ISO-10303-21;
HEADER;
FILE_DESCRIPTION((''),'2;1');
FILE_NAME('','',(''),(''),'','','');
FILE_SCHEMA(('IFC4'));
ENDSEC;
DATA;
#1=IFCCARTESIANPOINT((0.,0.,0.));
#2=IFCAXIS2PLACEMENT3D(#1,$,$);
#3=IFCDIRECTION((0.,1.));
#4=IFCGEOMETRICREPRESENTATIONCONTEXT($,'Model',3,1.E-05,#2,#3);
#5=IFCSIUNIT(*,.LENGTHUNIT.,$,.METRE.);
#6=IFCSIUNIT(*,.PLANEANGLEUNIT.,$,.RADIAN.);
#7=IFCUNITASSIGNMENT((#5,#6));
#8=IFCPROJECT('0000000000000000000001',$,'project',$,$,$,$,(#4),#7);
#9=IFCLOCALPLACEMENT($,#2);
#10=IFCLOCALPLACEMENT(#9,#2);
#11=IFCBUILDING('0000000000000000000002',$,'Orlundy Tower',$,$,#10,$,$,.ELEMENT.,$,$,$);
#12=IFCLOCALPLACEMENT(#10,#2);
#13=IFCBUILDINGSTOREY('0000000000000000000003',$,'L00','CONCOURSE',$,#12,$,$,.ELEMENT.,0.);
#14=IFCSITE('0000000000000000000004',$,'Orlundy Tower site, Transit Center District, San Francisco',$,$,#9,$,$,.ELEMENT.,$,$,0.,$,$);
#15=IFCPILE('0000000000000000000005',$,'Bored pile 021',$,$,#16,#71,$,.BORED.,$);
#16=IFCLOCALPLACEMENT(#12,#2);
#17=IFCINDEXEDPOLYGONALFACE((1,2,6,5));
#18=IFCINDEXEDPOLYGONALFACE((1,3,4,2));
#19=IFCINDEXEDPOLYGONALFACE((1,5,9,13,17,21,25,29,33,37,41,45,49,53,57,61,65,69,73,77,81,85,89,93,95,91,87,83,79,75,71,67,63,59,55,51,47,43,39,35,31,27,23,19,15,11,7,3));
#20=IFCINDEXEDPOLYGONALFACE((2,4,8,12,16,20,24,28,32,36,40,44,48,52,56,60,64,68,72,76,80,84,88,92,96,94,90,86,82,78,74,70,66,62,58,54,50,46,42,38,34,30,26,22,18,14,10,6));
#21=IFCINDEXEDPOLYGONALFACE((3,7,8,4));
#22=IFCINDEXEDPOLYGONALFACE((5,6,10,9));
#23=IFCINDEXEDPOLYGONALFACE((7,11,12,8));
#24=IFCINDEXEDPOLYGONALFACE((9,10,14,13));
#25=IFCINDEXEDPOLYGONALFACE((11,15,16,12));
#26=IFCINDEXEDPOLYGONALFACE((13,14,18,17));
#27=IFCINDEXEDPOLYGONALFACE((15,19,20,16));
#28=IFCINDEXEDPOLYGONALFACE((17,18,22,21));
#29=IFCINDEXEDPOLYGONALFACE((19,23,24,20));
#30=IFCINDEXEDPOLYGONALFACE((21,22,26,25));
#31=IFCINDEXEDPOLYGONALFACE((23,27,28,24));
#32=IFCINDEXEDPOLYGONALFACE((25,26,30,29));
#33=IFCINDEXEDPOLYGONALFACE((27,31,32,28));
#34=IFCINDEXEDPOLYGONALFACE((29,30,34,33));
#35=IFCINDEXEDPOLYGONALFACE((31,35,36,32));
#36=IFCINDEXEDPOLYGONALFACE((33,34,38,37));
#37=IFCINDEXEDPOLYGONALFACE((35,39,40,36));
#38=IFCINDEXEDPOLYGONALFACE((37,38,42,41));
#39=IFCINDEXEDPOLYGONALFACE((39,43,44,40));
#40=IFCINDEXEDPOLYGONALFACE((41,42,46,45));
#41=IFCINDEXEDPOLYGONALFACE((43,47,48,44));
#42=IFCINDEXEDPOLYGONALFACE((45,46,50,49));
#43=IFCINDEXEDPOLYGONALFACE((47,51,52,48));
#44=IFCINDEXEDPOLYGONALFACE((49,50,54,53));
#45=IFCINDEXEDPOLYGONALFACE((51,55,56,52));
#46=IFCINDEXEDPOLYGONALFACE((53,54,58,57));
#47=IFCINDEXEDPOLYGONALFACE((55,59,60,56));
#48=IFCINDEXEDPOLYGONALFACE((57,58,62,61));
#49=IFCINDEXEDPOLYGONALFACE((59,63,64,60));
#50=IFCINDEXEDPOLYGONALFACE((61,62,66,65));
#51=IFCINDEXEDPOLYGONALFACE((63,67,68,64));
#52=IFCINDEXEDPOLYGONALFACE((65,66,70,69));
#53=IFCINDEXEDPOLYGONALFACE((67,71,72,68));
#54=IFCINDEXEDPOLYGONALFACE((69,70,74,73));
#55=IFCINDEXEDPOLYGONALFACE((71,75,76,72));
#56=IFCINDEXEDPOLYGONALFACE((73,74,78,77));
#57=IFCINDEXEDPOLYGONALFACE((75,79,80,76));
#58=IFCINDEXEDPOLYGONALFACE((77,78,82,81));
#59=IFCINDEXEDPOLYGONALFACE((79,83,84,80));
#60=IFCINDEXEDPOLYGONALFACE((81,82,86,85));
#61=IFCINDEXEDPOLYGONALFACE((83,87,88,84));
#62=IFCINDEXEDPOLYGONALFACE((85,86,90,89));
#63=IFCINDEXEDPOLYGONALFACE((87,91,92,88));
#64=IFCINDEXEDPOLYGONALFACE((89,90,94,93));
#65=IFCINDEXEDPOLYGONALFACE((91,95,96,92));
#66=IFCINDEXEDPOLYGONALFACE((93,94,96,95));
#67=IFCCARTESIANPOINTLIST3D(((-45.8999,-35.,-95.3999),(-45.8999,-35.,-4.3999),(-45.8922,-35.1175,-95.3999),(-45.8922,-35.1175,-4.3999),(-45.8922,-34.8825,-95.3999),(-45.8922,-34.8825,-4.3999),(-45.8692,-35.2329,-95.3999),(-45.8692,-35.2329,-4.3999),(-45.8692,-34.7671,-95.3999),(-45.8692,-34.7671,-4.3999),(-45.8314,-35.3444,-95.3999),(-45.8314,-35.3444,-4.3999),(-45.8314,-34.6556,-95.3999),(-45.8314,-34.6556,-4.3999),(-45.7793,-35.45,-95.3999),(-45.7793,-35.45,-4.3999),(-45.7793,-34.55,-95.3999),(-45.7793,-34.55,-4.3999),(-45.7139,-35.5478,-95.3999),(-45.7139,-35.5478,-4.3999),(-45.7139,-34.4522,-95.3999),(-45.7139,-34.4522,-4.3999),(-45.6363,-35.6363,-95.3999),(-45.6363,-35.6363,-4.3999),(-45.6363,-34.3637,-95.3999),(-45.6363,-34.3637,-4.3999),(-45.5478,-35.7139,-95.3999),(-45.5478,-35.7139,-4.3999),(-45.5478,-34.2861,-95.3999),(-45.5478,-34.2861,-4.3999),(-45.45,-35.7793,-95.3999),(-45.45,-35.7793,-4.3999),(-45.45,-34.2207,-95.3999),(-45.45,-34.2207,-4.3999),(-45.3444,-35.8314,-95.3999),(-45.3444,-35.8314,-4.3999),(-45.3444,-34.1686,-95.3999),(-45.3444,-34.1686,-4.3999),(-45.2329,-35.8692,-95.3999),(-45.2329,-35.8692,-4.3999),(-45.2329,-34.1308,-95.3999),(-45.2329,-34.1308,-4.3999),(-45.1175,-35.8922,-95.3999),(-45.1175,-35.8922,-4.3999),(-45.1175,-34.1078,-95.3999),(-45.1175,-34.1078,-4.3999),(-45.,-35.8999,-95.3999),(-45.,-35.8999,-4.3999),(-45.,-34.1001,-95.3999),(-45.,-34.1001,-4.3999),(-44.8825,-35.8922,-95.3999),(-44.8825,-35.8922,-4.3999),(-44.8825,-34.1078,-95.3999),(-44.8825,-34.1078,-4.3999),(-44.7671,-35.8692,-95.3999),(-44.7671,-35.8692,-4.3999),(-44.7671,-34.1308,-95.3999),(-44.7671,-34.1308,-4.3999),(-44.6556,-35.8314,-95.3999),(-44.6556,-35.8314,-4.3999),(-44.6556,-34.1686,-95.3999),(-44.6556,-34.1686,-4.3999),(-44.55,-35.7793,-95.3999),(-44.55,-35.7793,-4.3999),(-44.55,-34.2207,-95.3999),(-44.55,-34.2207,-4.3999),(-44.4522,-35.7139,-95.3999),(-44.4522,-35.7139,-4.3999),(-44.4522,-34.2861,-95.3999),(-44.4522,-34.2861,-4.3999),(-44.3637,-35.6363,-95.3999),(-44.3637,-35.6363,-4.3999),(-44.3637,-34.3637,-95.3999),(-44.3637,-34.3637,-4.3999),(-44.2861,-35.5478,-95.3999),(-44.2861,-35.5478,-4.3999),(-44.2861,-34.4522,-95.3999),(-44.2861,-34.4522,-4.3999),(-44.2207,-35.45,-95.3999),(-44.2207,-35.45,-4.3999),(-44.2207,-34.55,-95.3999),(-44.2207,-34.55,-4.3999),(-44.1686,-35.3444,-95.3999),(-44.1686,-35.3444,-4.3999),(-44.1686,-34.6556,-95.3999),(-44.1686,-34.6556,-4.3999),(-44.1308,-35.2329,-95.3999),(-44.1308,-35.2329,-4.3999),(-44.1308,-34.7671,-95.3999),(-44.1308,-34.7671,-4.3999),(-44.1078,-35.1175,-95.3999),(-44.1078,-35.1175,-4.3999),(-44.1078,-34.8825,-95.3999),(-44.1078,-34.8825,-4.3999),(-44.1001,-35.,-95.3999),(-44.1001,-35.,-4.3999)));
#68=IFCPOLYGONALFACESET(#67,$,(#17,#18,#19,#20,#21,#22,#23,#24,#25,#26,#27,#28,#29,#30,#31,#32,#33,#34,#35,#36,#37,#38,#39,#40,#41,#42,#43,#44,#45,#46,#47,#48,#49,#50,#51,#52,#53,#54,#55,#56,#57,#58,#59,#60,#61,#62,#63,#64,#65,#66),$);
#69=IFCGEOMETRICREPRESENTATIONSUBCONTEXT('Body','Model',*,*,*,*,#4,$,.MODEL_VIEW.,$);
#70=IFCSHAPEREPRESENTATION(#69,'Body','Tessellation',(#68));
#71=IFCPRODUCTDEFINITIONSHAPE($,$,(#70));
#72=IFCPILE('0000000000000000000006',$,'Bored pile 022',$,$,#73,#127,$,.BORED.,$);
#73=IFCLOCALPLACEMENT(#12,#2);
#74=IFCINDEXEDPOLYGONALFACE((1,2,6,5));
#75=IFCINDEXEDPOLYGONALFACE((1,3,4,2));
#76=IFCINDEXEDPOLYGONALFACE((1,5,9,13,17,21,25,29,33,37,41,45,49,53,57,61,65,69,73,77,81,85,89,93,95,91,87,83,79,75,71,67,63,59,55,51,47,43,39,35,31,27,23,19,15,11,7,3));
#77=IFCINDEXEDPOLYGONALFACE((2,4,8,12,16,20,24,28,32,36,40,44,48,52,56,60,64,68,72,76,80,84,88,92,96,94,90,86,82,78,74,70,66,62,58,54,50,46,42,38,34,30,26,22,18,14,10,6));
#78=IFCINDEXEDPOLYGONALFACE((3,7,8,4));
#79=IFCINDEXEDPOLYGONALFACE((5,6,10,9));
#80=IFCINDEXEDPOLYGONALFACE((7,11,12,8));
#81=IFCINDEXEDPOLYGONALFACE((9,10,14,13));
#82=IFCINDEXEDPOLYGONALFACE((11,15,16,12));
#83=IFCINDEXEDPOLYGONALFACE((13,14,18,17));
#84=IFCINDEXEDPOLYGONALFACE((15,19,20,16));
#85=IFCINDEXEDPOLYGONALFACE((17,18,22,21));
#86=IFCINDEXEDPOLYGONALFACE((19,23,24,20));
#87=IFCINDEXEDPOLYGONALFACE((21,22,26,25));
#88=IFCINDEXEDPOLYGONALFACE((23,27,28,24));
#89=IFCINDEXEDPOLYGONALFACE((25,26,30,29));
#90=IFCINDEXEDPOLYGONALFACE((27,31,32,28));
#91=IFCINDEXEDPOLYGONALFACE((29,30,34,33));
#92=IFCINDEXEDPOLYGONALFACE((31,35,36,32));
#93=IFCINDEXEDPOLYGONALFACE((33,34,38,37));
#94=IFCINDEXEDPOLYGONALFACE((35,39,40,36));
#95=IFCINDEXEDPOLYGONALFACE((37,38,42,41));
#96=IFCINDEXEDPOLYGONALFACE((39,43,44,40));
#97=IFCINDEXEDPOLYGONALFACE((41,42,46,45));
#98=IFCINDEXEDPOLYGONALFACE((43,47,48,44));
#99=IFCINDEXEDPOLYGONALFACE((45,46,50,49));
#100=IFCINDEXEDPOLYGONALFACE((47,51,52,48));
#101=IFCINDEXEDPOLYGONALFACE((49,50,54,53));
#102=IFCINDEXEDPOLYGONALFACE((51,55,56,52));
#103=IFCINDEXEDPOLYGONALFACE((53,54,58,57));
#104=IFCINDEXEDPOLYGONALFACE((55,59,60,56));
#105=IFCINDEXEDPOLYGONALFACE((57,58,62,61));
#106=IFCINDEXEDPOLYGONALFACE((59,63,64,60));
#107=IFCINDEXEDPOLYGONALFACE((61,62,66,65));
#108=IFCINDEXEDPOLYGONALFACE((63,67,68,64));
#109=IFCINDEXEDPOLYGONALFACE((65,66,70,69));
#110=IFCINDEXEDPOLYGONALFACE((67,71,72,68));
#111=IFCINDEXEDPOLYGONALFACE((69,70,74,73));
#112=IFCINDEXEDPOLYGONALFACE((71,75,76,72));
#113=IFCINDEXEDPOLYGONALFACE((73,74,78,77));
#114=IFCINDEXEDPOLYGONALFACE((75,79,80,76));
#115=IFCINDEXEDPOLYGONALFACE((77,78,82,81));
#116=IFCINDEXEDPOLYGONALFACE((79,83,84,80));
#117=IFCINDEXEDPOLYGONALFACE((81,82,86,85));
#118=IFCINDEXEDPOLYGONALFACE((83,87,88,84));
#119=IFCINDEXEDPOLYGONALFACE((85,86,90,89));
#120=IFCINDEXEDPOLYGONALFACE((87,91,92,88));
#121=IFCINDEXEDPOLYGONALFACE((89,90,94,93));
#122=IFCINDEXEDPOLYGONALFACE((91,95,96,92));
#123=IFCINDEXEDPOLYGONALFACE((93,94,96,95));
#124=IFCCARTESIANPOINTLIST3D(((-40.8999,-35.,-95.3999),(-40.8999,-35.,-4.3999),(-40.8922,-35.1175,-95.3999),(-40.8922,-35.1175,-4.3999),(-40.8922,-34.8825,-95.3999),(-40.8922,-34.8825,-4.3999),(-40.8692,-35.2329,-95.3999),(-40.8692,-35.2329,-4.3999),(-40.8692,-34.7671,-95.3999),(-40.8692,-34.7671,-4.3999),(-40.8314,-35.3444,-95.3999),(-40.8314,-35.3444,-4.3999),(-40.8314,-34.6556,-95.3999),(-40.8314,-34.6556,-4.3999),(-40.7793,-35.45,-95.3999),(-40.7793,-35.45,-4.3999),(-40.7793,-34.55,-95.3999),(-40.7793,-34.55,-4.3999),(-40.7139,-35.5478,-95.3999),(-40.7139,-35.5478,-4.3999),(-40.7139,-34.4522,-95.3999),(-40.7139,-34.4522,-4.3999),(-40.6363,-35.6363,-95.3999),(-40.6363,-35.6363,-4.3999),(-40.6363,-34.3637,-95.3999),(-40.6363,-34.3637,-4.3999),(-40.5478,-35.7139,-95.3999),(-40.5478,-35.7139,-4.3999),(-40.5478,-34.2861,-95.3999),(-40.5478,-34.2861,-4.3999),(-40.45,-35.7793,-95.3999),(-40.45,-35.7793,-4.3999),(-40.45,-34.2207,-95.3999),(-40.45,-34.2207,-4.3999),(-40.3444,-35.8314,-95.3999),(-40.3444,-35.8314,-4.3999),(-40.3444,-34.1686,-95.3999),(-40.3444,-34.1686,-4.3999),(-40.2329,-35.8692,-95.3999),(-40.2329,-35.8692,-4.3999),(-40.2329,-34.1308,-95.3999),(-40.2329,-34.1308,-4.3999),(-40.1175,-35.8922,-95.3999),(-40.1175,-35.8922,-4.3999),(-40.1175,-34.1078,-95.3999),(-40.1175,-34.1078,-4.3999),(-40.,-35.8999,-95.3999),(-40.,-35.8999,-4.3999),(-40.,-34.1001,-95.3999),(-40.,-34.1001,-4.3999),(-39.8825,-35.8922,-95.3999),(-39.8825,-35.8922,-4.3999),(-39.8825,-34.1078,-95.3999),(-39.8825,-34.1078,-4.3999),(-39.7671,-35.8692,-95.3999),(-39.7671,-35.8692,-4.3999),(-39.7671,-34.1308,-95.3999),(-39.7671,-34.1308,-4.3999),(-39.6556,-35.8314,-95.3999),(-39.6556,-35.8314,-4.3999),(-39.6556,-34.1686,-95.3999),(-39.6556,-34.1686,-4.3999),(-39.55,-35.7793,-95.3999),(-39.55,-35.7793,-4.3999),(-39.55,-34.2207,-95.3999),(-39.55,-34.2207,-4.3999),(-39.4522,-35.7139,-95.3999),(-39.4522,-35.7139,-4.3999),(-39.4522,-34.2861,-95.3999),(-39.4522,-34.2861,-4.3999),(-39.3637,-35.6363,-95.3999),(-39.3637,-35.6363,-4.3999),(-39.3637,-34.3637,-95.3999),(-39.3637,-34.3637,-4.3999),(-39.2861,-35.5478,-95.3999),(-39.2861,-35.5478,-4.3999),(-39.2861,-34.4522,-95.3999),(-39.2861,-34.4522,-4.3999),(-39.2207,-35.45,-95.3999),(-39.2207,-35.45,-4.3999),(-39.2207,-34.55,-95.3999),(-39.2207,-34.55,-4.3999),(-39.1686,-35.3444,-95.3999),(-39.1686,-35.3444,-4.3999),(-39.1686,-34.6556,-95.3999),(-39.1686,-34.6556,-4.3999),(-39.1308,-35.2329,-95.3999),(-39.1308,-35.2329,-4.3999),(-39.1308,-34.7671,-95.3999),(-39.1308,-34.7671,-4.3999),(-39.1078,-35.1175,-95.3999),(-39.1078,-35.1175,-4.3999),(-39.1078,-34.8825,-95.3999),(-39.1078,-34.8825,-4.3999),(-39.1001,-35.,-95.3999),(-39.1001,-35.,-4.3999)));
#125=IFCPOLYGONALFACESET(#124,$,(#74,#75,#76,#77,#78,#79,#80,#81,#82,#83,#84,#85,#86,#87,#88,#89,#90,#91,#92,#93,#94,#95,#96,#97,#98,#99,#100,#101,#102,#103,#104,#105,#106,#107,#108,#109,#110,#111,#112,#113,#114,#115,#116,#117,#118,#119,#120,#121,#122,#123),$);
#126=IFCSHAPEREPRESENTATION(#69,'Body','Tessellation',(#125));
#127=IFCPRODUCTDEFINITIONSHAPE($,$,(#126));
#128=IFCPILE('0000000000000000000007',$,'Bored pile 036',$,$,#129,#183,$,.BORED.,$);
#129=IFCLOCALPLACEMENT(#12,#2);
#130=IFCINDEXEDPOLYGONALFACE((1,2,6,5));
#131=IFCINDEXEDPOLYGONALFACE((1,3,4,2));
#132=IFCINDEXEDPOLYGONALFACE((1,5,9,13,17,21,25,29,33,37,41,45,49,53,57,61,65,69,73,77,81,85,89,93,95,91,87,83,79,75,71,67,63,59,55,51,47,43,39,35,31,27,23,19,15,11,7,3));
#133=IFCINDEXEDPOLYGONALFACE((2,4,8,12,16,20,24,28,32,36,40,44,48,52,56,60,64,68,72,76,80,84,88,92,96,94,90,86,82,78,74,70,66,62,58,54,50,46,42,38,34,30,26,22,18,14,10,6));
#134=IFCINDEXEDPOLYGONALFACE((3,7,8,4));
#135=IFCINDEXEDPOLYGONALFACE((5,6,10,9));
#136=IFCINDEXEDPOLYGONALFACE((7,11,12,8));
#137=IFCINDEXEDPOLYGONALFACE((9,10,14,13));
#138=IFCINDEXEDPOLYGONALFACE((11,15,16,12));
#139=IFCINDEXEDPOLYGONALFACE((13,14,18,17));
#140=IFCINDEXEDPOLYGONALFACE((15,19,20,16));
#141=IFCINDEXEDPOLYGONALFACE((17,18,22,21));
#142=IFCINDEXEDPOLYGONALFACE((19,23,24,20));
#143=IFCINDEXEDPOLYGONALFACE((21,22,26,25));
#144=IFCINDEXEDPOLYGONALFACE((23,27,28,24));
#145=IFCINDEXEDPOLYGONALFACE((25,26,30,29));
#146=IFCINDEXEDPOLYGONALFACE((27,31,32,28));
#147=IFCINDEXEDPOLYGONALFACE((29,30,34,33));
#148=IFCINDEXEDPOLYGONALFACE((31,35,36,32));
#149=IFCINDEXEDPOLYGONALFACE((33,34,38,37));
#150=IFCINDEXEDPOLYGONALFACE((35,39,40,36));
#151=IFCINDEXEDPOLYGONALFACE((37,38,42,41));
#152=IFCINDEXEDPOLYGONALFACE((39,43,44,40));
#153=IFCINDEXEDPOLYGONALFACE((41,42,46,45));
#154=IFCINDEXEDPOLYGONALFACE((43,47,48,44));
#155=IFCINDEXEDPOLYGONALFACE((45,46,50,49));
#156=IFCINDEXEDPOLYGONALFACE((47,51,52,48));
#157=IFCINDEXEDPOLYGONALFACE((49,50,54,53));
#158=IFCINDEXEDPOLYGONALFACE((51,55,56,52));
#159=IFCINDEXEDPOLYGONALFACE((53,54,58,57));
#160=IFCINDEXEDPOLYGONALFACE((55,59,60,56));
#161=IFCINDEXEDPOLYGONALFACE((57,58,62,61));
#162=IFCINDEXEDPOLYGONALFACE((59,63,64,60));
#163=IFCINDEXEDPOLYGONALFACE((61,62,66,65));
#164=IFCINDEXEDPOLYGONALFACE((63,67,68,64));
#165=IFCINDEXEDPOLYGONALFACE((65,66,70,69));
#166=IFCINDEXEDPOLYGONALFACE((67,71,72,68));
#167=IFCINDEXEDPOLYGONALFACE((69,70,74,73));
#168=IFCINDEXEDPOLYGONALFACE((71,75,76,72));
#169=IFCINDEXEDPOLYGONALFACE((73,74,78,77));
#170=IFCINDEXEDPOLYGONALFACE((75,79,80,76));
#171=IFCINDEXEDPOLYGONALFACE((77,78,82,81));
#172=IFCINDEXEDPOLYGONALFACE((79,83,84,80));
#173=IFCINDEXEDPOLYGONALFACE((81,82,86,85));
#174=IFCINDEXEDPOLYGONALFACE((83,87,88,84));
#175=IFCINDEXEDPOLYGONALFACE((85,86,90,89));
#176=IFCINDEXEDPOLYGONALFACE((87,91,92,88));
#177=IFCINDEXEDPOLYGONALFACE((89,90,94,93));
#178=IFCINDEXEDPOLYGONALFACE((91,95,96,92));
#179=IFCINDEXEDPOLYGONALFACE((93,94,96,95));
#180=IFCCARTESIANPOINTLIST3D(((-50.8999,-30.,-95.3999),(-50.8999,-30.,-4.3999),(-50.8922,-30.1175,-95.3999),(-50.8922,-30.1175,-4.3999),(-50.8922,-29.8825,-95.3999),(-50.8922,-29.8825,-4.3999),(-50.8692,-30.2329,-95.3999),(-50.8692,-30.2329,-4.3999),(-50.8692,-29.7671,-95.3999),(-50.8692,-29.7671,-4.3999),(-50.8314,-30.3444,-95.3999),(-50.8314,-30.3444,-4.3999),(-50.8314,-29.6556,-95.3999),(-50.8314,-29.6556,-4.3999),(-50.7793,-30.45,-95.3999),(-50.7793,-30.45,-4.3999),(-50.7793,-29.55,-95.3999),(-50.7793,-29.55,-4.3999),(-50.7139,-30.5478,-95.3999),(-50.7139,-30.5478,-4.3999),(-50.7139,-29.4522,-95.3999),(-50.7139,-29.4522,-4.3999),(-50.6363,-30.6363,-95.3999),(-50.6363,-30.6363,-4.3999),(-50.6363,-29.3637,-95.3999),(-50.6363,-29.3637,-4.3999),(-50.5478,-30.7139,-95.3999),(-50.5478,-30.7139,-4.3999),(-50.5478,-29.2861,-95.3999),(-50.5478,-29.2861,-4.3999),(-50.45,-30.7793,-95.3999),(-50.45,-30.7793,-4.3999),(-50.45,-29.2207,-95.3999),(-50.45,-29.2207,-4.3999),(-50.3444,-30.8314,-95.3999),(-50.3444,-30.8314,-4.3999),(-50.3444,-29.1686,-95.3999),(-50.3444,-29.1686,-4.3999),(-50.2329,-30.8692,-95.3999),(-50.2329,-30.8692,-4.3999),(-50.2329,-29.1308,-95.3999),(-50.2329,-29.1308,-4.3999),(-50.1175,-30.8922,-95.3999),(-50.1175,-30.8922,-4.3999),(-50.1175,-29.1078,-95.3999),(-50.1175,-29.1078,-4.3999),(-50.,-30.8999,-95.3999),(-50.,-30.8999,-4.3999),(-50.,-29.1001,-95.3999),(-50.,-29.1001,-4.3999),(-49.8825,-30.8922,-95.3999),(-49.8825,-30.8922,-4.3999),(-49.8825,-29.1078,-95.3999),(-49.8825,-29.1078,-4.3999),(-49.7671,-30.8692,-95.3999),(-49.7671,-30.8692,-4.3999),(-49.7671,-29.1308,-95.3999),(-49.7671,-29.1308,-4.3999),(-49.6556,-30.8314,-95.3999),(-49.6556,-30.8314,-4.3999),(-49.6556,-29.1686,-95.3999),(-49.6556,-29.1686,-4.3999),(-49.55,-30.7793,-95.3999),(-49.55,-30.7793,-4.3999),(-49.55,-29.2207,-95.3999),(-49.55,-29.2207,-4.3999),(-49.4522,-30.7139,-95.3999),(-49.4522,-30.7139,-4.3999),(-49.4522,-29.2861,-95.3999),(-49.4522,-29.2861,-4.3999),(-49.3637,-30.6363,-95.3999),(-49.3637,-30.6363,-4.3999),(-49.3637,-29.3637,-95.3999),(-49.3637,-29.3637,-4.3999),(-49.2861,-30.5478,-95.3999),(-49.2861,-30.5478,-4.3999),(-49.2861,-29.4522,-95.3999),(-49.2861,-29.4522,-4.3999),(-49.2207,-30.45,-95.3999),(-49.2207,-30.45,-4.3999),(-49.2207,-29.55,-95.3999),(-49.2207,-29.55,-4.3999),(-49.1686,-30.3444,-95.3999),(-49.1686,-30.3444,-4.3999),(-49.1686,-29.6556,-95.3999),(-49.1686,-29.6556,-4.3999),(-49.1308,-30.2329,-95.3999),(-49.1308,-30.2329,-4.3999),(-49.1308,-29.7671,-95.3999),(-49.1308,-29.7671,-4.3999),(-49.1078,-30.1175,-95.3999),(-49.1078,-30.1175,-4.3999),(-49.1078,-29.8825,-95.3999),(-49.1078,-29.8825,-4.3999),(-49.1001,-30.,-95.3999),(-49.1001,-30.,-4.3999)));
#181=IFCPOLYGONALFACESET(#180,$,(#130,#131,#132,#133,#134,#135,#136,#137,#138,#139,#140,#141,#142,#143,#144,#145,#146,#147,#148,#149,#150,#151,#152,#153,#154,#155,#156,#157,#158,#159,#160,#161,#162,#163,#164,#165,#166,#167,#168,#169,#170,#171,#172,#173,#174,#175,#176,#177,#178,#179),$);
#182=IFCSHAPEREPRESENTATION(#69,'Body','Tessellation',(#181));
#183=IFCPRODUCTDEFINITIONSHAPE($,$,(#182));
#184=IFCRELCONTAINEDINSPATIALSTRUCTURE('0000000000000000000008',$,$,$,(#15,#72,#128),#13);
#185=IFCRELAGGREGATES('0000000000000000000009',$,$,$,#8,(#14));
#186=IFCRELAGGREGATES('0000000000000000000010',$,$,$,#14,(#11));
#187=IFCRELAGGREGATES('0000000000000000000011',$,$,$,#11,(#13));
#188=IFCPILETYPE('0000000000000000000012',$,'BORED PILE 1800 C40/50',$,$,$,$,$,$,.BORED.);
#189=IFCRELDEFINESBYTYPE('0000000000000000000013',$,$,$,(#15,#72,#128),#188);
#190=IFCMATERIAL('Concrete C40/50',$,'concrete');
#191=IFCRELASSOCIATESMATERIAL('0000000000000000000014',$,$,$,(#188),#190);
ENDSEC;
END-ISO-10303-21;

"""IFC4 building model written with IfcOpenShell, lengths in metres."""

from ifc_helpers import new_model, si_unit, direction, frame, origin, origin_2d, place, context, subcontext, project, spatial, circle, extrude, material, material_profile, profile_set, type_object, element, save


model = new_model("IFC4")

# Units and contexts
model_context = context("Model", 3, precision=1e-05, world=origin(), true_north=direction((0.0, 1.0)))
body_context = subcontext(model_context, "Body", "Model", "MODEL_VIEW")
ifc_project = project(units=[si_unit("LENGTHUNIT", "METRE"), si_unit("PLANEANGLEUNIT", "RADIAN")], contexts=[model_context])

# Site, building, storey
site_placement = place(None, origin())
site = spatial("IfcSite", under=ifc_project, at=site_placement, Name="Orlundy Tower site, Transit Center District, San Francisco", CompositionType="ELEMENT", RefElevation=0.0)
building_placement = place(site_placement, origin())
building = spatial("IfcBuilding", under=site, at=building_placement, Name="Orlundy Tower", CompositionType="ELEMENT")
storey_placement = place(building_placement, origin())
storey = spatial("IfcBuildingStorey", under=building, at=storey_placement, Name="L00", Description="CONCOURSE", CompositionType="ELEMENT", Elevation=0.0)

# Piles
ifc_material_1 = material(Name="Concrete C40/50", Category="concrete")
ifc_material_profile_1 = material_profile(ifc_material_1, circle(Radius=0.8999, at=origin_2d()), Name="BP1800")
ifc_profile_set_1 = profile_set([ifc_material_profile_1], Name="Concrete C40/50")
pile_type = type_object("IfcPileType", Name="BORED PILE 1800 C40/50", PredefinedType="BORED", material=ifc_profile_set_1)
for number, where, z_axis, x_axis, name in (
    (1, (-45.0, -35.0, -4.3999), (0.0, 0.0, -1.0), (1.0, 0.0, 0.0), "Bored pile 021"),
    (2, (-40.0, -35.0, -4.3999), (0.0, 0.0, -1.0), (1.0, 0.0, 0.0), "Bored pile 022"),
    (3, (-50.0, -30.0, -4.3999), (0.0, 0.0, -1.0), (1.0, 0.0, 0.0), "Bored pile 036"),
):
    element("IfcPile", number, at=place(storey_placement, frame(where, z_axis=z_axis, x_axis=x_axis)), inside=storey, type_object=pile_type, Name=name, PredefinedType="BORED", context=body_context, shape_type="SweptSolid", body=[
        extrude(circle(Radius=0.8999, at=origin_2d()), origin(), (0.0, 0.0, 1.0), 91.0),
    ])

save(model, "model.ifc")
